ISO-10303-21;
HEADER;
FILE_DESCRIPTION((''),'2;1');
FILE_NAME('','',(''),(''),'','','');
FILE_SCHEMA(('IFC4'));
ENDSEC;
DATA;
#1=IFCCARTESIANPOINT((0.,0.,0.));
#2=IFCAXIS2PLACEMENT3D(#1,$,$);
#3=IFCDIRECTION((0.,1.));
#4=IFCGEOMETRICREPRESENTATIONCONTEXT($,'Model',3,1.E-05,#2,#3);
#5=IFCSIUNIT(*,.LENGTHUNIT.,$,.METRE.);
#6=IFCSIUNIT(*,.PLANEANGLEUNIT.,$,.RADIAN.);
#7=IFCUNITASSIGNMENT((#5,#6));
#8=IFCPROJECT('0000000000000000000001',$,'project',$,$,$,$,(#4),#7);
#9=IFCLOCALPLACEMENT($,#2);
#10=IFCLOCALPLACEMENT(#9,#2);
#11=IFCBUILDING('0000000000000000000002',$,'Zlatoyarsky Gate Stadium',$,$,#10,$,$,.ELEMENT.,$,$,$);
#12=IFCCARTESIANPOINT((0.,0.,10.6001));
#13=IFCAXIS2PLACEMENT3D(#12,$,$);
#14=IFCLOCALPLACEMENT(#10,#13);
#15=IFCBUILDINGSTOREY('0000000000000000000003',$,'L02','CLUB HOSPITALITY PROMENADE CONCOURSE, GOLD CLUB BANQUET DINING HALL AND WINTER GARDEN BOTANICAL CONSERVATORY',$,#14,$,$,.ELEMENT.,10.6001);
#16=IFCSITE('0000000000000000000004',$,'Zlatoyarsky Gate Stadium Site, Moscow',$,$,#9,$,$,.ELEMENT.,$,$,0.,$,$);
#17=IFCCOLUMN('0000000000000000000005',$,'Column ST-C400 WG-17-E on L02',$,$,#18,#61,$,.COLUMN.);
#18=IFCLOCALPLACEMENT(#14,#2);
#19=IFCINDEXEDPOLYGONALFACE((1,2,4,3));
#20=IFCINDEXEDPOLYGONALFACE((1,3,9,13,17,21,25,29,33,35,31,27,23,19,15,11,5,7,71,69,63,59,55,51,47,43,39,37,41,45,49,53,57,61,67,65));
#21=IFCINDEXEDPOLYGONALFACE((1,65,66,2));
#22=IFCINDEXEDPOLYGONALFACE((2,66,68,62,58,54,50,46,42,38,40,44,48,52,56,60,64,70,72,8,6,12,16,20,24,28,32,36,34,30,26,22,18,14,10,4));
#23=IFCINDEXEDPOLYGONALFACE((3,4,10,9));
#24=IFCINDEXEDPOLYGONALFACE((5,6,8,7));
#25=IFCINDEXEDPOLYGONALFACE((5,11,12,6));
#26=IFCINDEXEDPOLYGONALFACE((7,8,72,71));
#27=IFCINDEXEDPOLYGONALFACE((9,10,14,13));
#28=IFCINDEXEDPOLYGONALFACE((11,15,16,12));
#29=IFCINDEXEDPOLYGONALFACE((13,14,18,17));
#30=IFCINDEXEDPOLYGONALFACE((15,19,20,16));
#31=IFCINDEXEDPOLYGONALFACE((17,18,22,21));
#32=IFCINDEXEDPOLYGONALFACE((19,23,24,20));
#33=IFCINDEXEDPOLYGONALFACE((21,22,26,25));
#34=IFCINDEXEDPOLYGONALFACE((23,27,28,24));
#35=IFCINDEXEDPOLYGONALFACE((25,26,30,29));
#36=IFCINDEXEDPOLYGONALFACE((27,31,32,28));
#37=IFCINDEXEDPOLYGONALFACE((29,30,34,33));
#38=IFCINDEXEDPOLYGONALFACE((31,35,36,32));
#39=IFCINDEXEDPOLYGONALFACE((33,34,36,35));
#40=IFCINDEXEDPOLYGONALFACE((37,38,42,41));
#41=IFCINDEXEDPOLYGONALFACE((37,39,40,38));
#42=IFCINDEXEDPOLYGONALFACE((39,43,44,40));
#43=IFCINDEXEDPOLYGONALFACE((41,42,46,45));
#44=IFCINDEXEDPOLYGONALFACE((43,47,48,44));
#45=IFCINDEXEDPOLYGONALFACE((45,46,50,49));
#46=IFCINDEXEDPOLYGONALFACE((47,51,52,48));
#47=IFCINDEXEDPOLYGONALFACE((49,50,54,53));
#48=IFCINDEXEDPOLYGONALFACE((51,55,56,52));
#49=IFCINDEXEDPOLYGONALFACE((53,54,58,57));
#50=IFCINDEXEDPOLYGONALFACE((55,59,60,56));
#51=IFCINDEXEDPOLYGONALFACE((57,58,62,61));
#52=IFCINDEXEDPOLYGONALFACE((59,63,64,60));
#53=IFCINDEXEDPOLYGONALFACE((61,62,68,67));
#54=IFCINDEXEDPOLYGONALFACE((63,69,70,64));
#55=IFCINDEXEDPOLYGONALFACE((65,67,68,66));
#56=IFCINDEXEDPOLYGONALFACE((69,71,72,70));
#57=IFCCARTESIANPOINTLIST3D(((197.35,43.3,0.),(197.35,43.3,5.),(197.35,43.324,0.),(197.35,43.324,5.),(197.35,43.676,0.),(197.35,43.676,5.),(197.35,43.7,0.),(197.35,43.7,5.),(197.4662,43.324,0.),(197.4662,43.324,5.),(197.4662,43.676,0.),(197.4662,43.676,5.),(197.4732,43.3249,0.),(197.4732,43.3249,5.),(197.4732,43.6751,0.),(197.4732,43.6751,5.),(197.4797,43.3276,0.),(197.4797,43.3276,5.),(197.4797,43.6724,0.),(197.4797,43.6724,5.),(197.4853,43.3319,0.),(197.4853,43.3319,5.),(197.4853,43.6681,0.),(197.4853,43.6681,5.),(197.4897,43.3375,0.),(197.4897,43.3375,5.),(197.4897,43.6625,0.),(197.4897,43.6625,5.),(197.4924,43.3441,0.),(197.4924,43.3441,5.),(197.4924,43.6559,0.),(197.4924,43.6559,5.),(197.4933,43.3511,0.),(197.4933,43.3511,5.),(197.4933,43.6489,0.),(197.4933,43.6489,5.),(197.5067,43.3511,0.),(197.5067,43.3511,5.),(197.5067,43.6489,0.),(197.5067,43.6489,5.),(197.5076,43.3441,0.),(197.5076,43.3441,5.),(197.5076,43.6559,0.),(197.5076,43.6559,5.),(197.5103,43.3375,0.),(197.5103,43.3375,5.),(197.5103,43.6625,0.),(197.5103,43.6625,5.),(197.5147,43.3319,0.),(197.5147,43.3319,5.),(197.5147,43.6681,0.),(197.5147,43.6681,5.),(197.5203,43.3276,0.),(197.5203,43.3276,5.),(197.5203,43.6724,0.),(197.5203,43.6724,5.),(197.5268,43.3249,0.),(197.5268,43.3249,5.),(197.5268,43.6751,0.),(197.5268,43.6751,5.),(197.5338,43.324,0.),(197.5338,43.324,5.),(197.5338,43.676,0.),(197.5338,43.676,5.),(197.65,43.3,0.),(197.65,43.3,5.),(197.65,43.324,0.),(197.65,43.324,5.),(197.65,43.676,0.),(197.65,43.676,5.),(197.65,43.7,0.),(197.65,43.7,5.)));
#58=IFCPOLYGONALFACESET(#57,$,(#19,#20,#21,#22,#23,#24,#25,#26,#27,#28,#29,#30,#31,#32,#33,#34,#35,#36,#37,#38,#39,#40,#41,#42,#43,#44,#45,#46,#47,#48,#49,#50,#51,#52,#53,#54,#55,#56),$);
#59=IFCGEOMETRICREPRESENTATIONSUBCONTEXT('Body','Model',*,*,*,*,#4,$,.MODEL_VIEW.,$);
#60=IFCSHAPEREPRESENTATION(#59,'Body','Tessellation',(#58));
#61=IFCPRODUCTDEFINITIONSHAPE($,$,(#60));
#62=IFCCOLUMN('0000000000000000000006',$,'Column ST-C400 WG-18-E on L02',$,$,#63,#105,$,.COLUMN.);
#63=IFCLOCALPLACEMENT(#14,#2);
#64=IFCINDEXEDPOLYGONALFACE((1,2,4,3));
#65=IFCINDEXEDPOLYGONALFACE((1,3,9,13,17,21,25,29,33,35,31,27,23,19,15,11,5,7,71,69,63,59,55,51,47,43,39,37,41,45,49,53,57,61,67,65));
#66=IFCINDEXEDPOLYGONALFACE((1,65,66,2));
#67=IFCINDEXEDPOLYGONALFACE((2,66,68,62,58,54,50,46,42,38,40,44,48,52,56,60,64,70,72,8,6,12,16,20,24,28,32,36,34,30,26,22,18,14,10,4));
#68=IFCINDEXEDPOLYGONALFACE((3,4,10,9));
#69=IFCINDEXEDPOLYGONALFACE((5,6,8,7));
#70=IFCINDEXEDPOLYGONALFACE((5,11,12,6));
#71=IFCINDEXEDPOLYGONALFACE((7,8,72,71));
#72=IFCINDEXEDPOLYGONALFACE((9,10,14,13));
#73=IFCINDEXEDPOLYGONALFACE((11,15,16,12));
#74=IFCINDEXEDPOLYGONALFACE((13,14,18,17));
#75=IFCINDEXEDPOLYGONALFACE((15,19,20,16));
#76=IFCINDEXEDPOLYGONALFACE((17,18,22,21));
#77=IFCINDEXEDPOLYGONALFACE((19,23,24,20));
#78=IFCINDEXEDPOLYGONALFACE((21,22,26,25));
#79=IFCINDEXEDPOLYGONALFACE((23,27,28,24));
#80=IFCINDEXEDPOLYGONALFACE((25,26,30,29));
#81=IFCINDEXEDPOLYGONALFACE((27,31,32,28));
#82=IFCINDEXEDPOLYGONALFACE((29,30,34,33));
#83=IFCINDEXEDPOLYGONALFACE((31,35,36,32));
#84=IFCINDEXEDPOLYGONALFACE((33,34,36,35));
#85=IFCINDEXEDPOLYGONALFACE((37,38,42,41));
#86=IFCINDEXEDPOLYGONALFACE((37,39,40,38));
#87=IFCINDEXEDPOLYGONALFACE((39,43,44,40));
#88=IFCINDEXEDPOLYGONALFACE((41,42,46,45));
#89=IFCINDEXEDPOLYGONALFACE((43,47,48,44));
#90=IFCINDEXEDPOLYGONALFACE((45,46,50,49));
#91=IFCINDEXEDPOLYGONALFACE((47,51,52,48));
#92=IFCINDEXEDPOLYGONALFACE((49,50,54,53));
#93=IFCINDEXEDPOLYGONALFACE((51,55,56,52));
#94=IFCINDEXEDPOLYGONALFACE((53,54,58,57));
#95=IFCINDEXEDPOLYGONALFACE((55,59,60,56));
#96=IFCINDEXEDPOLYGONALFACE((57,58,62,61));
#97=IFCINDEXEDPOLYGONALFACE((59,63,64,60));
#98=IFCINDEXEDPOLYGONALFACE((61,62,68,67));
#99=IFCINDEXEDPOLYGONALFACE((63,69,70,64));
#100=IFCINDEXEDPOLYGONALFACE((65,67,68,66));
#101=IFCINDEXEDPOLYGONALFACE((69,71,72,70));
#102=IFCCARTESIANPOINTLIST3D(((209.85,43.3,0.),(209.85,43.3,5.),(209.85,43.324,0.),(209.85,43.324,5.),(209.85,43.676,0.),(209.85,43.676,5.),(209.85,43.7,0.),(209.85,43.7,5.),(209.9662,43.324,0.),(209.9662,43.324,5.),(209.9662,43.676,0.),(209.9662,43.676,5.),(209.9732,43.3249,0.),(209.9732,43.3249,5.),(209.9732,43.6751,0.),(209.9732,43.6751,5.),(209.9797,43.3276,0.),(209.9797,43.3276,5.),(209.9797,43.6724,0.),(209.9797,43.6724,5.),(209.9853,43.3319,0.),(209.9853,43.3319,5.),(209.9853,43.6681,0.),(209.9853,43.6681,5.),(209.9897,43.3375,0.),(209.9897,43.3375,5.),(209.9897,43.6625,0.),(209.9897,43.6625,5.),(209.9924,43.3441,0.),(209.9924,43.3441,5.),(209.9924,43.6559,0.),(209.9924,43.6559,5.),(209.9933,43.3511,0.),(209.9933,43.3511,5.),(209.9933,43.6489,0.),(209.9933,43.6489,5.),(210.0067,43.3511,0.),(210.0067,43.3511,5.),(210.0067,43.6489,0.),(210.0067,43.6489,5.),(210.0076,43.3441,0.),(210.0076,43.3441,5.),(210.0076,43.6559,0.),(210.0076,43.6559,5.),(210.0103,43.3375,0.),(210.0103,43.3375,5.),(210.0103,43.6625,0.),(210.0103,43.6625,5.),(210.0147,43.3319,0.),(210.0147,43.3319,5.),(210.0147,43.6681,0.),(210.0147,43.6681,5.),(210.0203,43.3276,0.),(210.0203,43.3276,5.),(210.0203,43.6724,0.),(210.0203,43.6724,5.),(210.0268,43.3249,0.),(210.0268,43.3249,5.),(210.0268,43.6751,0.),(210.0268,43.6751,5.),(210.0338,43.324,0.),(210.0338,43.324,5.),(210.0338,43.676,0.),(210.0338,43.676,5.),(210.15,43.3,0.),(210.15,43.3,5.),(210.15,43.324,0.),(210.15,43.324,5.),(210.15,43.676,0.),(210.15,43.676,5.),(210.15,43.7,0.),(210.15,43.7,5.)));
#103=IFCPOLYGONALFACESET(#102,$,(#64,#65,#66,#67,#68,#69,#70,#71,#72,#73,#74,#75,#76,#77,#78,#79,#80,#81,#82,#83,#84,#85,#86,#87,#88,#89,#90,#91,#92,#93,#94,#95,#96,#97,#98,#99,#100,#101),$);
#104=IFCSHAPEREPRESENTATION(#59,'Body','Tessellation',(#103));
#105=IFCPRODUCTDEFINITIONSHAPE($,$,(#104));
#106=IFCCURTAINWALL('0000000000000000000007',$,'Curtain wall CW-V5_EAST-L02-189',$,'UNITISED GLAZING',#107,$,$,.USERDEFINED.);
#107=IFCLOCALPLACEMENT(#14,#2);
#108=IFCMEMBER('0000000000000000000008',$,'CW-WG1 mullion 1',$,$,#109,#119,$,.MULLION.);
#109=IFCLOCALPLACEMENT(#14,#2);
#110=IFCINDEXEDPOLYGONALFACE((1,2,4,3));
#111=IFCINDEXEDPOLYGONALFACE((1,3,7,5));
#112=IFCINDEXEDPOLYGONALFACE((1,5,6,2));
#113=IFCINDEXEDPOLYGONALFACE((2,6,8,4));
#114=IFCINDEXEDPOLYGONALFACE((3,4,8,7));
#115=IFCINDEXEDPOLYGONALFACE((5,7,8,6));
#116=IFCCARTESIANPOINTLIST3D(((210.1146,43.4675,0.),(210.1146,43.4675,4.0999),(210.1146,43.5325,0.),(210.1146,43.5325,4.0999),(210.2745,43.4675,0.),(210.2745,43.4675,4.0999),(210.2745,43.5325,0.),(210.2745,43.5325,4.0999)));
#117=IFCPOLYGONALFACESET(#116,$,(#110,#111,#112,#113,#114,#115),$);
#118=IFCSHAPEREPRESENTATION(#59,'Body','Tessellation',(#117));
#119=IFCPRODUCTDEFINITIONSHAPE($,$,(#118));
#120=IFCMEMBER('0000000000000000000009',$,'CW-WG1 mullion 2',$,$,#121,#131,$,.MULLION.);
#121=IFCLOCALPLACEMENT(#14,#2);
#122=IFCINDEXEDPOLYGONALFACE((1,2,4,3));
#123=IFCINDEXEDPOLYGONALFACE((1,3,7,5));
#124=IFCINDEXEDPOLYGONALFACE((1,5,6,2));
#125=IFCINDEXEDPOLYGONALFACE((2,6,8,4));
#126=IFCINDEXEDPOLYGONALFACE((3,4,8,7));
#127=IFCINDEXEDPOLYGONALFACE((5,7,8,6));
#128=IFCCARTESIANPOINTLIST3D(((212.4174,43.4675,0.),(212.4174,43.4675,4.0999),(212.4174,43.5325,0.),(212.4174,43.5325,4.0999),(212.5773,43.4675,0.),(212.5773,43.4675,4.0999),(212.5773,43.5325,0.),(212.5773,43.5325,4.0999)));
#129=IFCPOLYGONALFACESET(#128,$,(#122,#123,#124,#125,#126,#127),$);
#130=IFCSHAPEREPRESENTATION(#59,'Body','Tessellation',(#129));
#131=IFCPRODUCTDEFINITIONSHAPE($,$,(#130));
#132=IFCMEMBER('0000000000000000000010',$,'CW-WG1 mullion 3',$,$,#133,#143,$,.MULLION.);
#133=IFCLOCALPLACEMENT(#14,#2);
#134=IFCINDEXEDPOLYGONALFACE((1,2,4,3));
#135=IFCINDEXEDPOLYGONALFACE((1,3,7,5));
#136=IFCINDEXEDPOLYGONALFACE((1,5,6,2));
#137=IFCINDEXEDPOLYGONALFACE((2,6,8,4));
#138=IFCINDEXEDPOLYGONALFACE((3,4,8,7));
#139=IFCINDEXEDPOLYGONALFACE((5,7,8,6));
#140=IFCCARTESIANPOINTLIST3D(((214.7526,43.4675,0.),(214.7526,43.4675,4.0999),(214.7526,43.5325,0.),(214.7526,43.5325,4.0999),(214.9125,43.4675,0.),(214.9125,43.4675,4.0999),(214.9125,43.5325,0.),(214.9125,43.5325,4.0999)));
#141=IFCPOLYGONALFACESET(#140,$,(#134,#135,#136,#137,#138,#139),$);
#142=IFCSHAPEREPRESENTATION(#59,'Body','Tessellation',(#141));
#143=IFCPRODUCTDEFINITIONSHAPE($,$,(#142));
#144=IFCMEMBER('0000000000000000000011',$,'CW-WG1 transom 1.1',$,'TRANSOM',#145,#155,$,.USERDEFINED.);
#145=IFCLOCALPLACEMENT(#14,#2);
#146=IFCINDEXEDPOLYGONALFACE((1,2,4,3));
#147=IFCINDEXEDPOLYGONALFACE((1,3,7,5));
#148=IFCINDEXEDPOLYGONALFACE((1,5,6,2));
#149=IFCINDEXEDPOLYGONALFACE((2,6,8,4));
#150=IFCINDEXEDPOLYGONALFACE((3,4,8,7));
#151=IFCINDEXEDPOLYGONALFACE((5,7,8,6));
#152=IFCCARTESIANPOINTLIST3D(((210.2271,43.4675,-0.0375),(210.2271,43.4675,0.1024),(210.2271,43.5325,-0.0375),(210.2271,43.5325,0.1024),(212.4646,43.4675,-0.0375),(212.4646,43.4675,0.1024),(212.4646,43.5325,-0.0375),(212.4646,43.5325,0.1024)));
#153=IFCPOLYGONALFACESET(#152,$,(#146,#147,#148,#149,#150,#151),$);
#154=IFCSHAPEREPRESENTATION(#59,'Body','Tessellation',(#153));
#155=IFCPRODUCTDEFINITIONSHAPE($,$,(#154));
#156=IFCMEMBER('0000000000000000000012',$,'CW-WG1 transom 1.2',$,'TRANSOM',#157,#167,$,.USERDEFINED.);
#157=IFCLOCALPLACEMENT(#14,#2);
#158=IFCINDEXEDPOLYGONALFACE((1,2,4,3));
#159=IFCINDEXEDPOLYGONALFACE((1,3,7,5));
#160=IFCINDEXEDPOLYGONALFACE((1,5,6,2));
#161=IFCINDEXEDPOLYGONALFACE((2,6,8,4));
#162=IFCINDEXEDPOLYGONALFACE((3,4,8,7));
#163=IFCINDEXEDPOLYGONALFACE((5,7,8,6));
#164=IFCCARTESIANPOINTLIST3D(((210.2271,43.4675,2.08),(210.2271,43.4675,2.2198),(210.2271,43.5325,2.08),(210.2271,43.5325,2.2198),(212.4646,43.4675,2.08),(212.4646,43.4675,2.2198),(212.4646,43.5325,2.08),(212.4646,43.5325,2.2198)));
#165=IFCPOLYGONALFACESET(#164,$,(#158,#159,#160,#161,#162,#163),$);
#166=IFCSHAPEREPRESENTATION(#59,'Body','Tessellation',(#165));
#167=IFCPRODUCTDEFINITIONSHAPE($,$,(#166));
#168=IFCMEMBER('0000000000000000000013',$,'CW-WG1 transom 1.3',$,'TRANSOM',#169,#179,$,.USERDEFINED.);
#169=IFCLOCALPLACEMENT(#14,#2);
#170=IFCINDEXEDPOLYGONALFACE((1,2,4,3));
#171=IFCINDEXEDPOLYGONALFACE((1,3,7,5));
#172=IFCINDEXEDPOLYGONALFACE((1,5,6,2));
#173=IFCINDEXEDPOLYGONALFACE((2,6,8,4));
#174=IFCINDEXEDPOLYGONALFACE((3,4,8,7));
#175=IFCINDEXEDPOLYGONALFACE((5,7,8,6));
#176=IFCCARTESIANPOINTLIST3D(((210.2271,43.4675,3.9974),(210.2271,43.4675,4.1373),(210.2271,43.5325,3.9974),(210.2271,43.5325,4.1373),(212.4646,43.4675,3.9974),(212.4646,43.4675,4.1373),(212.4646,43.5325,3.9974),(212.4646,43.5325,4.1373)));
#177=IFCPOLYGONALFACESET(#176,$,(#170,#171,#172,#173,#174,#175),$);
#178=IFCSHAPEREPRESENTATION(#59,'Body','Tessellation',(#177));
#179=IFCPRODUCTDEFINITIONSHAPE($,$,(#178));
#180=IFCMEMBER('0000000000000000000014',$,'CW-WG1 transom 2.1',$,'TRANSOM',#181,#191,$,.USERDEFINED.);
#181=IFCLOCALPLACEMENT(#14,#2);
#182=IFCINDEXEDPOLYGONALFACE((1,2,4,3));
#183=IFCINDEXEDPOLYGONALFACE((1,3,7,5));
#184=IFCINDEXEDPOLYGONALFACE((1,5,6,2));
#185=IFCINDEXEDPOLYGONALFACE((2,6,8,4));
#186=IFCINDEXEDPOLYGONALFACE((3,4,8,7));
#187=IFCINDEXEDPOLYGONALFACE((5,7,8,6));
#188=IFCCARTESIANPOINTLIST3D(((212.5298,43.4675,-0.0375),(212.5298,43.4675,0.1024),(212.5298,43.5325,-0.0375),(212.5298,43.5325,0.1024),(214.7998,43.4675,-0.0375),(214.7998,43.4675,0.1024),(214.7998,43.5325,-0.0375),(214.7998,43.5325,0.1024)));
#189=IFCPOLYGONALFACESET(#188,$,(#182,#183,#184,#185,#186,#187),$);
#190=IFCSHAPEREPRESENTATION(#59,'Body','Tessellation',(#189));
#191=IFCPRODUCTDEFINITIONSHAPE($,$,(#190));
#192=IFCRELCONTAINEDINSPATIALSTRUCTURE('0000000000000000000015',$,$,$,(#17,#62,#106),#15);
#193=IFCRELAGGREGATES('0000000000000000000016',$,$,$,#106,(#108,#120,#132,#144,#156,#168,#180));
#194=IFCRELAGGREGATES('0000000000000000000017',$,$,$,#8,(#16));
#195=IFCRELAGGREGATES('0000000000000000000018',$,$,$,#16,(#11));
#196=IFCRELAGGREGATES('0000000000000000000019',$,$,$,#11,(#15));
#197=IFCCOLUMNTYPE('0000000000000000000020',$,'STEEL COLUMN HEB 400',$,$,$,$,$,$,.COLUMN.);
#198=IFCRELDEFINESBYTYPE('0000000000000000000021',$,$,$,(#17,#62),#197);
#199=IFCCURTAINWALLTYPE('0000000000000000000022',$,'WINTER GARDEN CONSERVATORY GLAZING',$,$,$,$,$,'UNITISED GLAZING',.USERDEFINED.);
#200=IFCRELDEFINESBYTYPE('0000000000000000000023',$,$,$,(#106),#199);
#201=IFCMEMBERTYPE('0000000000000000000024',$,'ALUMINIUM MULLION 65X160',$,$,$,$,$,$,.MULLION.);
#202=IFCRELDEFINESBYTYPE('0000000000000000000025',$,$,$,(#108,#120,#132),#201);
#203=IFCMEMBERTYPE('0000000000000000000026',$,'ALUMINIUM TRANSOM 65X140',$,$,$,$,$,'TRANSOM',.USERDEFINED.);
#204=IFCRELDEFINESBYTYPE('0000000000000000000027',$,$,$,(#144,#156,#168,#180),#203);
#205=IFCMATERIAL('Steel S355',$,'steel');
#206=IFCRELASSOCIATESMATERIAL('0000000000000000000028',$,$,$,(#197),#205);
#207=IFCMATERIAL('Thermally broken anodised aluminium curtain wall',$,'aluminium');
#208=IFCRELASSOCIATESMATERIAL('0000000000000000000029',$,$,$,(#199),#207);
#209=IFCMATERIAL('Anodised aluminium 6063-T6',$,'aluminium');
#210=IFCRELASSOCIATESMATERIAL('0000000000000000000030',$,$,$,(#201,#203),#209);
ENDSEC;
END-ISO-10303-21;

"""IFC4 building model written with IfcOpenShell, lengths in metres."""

from ifc_helpers import new_model, si_unit, direction, frame, origin, origin_2d, place, context, subcontext, project, spatial, rectangle, i_section, extrude, material, material_profile, profile_set, type_object, element, aggregate, save


model = new_model("IFC4")

# Units and contexts
model_context = context("Model", 3, precision=1e-05, world=origin(), true_north=direction((0.0, 1.0)))
body_context = subcontext(model_context, "Body", "Model", "MODEL_VIEW")
ifc_project = project(units=[si_unit("LENGTHUNIT", "METRE"), si_unit("PLANEANGLEUNIT", "RADIAN")], contexts=[model_context])

# Site, building, storey
site_placement = place(None, origin())
site = spatial("IfcSite", under=ifc_project, at=site_placement, Name="Zlatoyarsky Gate Stadium Site, Moscow", CompositionType="ELEMENT", RefElevation=0.0)
building_placement = place(site_placement, origin())
building = spatial("IfcBuilding", under=site, at=building_placement, Name="Zlatoyarsky Gate Stadium", CompositionType="ELEMENT")
storey_placement = place(building_placement, frame((0.0, 0.0, 10.6001)))
storey = spatial("IfcBuildingStorey", under=building, at=storey_placement, Name="L02", Description="CLUB HOSPITALITY PROMENADE CONCOURSE, GOLD CLUB BANQUET DINING HALL AND WINTER GARDEN BOTANICAL CONSERVATORY", CompositionType="ELEMENT", Elevation=10.6001)

# Columns
ifc_material_1 = material(Name="Steel S355", Category="steel")
ifc_material_profile_1 = material_profile(ifc_material_1, i_section(OverallWidth=0.3, OverallDepth=0.3999, WebThickness=0.0134, FlangeThickness=0.0239, FilletRadius=0.0271, at=origin_2d()), Name="HEB 400")
ifc_profile_set_1 = profile_set([ifc_material_profile_1], Name="Steel S355")
column_type = type_object("IfcColumnType", Name="STEEL COLUMN HEB 400", PredefinedType="COLUMN", material=ifc_profile_set_1)
for number, where, z_axis, x_axis, name in (
    (1, (197.5, 43.5, 0.0), (0.0, 0.0, 1.0), (1.0, 0.0, 0.0), "Column ST-C400 WG-17-E on L02"),
    (2, (210.0, 43.5, 0.0), (0.0, 0.0, 1.0), (1.0, 0.0, 0.0), "Column ST-C400 WG-18-E on L02"),
):
    element("IfcColumn", number, at=place(storey_placement, frame(where, z_axis=z_axis, x_axis=x_axis)), inside=storey, type_object=column_type, Name=name, PredefinedType="COLUMN", context=body_context, shape_type="SweptSolid", body=[
        extrude(i_section(OverallWidth=0.3, OverallDepth=0.3999, WebThickness=0.0134, FlangeThickness=0.0239, FilletRadius=0.0271, at=origin_2d()), origin(), (0.0, 0.0, 1.0), 5.0),
    ])

# Curtain wall, members
ifc_material_2 = material(Name="Thermally broken anodised aluminium curtain wall", Category="aluminium")
curtain_wall_type = type_object("IfcCurtainWallType", Name="WINTER GARDEN CONSERVATORY GLAZING", ElementType="UNITISED GLAZING", PredefinedType="USERDEFINED", material=ifc_material_2)
curtain_wall_placement = place(storey_placement, origin())
curtain_wall = element("IfcCurtainWall", 3, at=curtain_wall_placement, inside=storey, type_object=curtain_wall_type, Name="Curtain wall CW-V5_EAST-L02-189", ObjectType="UNITISED GLAZING", PredefinedType="USERDEFINED")
ifc_material_3 = material(Name="Anodised aluminium 6063-T6", Category="aluminium")
ifc_material_profile_2 = material_profile(ifc_material_3, rectangle(XDim=0.0649, YDim=0.1599, at=origin_2d()), Name="ALU 65X160")
ifc_profile_set_2 = profile_set([ifc_material_profile_2], Name="Anodised aluminium 6063-T6")
member_type_1 = type_object("IfcMemberType", Name="ALUMINIUM MULLION 65X160", PredefinedType="MULLION", material=ifc_profile_set_2)
member_1_placement = place(storey_placement, frame((210.1946, 43.5, 0.0), z_axis=(0.0, 0.0, 1.0), x_axis=(0.0, 1.0, 0.0)))
member_1 = element("IfcMember", 4, at=member_1_placement, type_object=member_type_1, Name="CW-WG1 mullion 1", PredefinedType="MULLION", context=body_context, shape_type="SweptSolid", body=[
    extrude(rectangle(XDim=0.0649, YDim=0.1599, at=origin_2d()), origin(), (0.0, 0.0, 1.0), 4.0999),
])
member_2_placement = place(storey_placement, frame((212.4973, 43.5, 0.0), z_axis=(0.0, 0.0, 1.0), x_axis=(0.0, 1.0, 0.0)))
member_2 = element("IfcMember", 5, at=member_2_placement, type_object=member_type_1, Name="CW-WG1 mullion 2", PredefinedType="MULLION", context=body_context, shape_type="SweptSolid", body=[
    extrude(rectangle(XDim=0.0649, YDim=0.1599, at=origin_2d()), origin(), (0.0, 0.0, 1.0), 4.0999),
])
member_3_placement = place(storey_placement, frame((214.8325, 43.5, 0.0), z_axis=(0.0, 0.0, 1.0), x_axis=(0.0, 1.0, 0.0)))
member_3 = element("IfcMember", 6, at=member_3_placement, type_object=member_type_1, Name="CW-WG1 mullion 3", PredefinedType="MULLION", context=body_context, shape_type="SweptSolid", body=[
    extrude(rectangle(XDim=0.0649, YDim=0.1599, at=origin_2d()), origin(), (0.0, 0.0, 1.0), 4.0999),
])
ifc_material_profile_3 = material_profile(ifc_material_3, rectangle(XDim=0.0649, YDim=0.1399, at=origin_2d()), Name="ALU 65X140")
ifc_profile_set_3 = profile_set([ifc_material_profile_3], Name="Anodised aluminium 6063-T6")
member_type_2 = type_object("IfcMemberType", Name="ALUMINIUM TRANSOM 65X140", ElementType="TRANSOM", PredefinedType="USERDEFINED", material=ifc_profile_set_3)
member_4_placement = place(storey_placement, frame((210.2271, 43.5, 0.0325), z_axis=(1.0, 0.0, 0.0), x_axis=(0.0, 1.0, 0.0)))
member_4 = element("IfcMember", 7, at=member_4_placement, type_object=member_type_2, Name="CW-WG1 transom 1.1", ObjectType="TRANSOM", PredefinedType="USERDEFINED", context=body_context, shape_type="SweptSolid", body=[
    extrude(rectangle(XDim=0.0649, YDim=0.1399, at=origin_2d()), origin(), (0.0, 0.0, 1.0), 2.2375),
])
member_5_placement = place(storey_placement, frame((210.2271, 43.5, 2.1499), z_axis=(1.0, 0.0, 0.0), x_axis=(0.0, 1.0, 0.0)))
member_5 = element("IfcMember", 8, at=member_5_placement, type_object=member_type_2, Name="CW-WG1 transom 1.2", ObjectType="TRANSOM", PredefinedType="USERDEFINED", context=body_context, shape_type="SweptSolid", body=[
    extrude(rectangle(XDim=0.0649, YDim=0.1399, at=origin_2d()), origin(), (0.0, 0.0, 1.0), 2.2375),
])
member_6_placement = place(storey_placement, frame((210.2271, 43.5, 4.0674), z_axis=(1.0, 0.0, 0.0), x_axis=(0.0, 1.0, 0.0)))
member_6 = element("IfcMember", 9, at=member_6_placement, type_object=member_type_2, Name="CW-WG1 transom 1.3", ObjectType="TRANSOM", PredefinedType="USERDEFINED", context=body_context, shape_type="SweptSolid", body=[
    extrude(rectangle(XDim=0.0649, YDim=0.1399, at=origin_2d()), origin(), (0.0, 0.0, 1.0), 2.2375),
])
member_7_placement = place(storey_placement, frame((212.5298, 43.5, 0.0325), z_axis=(1.0, 0.0, 0.0), x_axis=(0.0, 1.0, 0.0)))
member_7 = element("IfcMember", 10, at=member_7_placement, type_object=member_type_2, Name="CW-WG1 transom 2.1", ObjectType="TRANSOM", PredefinedType="USERDEFINED", context=body_context, shape_type="SweptSolid", body=[
    extrude(rectangle(XDim=0.0649, YDim=0.1399, at=origin_2d()), origin(), (0.0, 0.0, 1.0), 2.27),
])

aggregate(curtain_wall, [member_1, member_2, member_3, member_4, member_5, member_6, member_7])

save(model, "model.ifc")
